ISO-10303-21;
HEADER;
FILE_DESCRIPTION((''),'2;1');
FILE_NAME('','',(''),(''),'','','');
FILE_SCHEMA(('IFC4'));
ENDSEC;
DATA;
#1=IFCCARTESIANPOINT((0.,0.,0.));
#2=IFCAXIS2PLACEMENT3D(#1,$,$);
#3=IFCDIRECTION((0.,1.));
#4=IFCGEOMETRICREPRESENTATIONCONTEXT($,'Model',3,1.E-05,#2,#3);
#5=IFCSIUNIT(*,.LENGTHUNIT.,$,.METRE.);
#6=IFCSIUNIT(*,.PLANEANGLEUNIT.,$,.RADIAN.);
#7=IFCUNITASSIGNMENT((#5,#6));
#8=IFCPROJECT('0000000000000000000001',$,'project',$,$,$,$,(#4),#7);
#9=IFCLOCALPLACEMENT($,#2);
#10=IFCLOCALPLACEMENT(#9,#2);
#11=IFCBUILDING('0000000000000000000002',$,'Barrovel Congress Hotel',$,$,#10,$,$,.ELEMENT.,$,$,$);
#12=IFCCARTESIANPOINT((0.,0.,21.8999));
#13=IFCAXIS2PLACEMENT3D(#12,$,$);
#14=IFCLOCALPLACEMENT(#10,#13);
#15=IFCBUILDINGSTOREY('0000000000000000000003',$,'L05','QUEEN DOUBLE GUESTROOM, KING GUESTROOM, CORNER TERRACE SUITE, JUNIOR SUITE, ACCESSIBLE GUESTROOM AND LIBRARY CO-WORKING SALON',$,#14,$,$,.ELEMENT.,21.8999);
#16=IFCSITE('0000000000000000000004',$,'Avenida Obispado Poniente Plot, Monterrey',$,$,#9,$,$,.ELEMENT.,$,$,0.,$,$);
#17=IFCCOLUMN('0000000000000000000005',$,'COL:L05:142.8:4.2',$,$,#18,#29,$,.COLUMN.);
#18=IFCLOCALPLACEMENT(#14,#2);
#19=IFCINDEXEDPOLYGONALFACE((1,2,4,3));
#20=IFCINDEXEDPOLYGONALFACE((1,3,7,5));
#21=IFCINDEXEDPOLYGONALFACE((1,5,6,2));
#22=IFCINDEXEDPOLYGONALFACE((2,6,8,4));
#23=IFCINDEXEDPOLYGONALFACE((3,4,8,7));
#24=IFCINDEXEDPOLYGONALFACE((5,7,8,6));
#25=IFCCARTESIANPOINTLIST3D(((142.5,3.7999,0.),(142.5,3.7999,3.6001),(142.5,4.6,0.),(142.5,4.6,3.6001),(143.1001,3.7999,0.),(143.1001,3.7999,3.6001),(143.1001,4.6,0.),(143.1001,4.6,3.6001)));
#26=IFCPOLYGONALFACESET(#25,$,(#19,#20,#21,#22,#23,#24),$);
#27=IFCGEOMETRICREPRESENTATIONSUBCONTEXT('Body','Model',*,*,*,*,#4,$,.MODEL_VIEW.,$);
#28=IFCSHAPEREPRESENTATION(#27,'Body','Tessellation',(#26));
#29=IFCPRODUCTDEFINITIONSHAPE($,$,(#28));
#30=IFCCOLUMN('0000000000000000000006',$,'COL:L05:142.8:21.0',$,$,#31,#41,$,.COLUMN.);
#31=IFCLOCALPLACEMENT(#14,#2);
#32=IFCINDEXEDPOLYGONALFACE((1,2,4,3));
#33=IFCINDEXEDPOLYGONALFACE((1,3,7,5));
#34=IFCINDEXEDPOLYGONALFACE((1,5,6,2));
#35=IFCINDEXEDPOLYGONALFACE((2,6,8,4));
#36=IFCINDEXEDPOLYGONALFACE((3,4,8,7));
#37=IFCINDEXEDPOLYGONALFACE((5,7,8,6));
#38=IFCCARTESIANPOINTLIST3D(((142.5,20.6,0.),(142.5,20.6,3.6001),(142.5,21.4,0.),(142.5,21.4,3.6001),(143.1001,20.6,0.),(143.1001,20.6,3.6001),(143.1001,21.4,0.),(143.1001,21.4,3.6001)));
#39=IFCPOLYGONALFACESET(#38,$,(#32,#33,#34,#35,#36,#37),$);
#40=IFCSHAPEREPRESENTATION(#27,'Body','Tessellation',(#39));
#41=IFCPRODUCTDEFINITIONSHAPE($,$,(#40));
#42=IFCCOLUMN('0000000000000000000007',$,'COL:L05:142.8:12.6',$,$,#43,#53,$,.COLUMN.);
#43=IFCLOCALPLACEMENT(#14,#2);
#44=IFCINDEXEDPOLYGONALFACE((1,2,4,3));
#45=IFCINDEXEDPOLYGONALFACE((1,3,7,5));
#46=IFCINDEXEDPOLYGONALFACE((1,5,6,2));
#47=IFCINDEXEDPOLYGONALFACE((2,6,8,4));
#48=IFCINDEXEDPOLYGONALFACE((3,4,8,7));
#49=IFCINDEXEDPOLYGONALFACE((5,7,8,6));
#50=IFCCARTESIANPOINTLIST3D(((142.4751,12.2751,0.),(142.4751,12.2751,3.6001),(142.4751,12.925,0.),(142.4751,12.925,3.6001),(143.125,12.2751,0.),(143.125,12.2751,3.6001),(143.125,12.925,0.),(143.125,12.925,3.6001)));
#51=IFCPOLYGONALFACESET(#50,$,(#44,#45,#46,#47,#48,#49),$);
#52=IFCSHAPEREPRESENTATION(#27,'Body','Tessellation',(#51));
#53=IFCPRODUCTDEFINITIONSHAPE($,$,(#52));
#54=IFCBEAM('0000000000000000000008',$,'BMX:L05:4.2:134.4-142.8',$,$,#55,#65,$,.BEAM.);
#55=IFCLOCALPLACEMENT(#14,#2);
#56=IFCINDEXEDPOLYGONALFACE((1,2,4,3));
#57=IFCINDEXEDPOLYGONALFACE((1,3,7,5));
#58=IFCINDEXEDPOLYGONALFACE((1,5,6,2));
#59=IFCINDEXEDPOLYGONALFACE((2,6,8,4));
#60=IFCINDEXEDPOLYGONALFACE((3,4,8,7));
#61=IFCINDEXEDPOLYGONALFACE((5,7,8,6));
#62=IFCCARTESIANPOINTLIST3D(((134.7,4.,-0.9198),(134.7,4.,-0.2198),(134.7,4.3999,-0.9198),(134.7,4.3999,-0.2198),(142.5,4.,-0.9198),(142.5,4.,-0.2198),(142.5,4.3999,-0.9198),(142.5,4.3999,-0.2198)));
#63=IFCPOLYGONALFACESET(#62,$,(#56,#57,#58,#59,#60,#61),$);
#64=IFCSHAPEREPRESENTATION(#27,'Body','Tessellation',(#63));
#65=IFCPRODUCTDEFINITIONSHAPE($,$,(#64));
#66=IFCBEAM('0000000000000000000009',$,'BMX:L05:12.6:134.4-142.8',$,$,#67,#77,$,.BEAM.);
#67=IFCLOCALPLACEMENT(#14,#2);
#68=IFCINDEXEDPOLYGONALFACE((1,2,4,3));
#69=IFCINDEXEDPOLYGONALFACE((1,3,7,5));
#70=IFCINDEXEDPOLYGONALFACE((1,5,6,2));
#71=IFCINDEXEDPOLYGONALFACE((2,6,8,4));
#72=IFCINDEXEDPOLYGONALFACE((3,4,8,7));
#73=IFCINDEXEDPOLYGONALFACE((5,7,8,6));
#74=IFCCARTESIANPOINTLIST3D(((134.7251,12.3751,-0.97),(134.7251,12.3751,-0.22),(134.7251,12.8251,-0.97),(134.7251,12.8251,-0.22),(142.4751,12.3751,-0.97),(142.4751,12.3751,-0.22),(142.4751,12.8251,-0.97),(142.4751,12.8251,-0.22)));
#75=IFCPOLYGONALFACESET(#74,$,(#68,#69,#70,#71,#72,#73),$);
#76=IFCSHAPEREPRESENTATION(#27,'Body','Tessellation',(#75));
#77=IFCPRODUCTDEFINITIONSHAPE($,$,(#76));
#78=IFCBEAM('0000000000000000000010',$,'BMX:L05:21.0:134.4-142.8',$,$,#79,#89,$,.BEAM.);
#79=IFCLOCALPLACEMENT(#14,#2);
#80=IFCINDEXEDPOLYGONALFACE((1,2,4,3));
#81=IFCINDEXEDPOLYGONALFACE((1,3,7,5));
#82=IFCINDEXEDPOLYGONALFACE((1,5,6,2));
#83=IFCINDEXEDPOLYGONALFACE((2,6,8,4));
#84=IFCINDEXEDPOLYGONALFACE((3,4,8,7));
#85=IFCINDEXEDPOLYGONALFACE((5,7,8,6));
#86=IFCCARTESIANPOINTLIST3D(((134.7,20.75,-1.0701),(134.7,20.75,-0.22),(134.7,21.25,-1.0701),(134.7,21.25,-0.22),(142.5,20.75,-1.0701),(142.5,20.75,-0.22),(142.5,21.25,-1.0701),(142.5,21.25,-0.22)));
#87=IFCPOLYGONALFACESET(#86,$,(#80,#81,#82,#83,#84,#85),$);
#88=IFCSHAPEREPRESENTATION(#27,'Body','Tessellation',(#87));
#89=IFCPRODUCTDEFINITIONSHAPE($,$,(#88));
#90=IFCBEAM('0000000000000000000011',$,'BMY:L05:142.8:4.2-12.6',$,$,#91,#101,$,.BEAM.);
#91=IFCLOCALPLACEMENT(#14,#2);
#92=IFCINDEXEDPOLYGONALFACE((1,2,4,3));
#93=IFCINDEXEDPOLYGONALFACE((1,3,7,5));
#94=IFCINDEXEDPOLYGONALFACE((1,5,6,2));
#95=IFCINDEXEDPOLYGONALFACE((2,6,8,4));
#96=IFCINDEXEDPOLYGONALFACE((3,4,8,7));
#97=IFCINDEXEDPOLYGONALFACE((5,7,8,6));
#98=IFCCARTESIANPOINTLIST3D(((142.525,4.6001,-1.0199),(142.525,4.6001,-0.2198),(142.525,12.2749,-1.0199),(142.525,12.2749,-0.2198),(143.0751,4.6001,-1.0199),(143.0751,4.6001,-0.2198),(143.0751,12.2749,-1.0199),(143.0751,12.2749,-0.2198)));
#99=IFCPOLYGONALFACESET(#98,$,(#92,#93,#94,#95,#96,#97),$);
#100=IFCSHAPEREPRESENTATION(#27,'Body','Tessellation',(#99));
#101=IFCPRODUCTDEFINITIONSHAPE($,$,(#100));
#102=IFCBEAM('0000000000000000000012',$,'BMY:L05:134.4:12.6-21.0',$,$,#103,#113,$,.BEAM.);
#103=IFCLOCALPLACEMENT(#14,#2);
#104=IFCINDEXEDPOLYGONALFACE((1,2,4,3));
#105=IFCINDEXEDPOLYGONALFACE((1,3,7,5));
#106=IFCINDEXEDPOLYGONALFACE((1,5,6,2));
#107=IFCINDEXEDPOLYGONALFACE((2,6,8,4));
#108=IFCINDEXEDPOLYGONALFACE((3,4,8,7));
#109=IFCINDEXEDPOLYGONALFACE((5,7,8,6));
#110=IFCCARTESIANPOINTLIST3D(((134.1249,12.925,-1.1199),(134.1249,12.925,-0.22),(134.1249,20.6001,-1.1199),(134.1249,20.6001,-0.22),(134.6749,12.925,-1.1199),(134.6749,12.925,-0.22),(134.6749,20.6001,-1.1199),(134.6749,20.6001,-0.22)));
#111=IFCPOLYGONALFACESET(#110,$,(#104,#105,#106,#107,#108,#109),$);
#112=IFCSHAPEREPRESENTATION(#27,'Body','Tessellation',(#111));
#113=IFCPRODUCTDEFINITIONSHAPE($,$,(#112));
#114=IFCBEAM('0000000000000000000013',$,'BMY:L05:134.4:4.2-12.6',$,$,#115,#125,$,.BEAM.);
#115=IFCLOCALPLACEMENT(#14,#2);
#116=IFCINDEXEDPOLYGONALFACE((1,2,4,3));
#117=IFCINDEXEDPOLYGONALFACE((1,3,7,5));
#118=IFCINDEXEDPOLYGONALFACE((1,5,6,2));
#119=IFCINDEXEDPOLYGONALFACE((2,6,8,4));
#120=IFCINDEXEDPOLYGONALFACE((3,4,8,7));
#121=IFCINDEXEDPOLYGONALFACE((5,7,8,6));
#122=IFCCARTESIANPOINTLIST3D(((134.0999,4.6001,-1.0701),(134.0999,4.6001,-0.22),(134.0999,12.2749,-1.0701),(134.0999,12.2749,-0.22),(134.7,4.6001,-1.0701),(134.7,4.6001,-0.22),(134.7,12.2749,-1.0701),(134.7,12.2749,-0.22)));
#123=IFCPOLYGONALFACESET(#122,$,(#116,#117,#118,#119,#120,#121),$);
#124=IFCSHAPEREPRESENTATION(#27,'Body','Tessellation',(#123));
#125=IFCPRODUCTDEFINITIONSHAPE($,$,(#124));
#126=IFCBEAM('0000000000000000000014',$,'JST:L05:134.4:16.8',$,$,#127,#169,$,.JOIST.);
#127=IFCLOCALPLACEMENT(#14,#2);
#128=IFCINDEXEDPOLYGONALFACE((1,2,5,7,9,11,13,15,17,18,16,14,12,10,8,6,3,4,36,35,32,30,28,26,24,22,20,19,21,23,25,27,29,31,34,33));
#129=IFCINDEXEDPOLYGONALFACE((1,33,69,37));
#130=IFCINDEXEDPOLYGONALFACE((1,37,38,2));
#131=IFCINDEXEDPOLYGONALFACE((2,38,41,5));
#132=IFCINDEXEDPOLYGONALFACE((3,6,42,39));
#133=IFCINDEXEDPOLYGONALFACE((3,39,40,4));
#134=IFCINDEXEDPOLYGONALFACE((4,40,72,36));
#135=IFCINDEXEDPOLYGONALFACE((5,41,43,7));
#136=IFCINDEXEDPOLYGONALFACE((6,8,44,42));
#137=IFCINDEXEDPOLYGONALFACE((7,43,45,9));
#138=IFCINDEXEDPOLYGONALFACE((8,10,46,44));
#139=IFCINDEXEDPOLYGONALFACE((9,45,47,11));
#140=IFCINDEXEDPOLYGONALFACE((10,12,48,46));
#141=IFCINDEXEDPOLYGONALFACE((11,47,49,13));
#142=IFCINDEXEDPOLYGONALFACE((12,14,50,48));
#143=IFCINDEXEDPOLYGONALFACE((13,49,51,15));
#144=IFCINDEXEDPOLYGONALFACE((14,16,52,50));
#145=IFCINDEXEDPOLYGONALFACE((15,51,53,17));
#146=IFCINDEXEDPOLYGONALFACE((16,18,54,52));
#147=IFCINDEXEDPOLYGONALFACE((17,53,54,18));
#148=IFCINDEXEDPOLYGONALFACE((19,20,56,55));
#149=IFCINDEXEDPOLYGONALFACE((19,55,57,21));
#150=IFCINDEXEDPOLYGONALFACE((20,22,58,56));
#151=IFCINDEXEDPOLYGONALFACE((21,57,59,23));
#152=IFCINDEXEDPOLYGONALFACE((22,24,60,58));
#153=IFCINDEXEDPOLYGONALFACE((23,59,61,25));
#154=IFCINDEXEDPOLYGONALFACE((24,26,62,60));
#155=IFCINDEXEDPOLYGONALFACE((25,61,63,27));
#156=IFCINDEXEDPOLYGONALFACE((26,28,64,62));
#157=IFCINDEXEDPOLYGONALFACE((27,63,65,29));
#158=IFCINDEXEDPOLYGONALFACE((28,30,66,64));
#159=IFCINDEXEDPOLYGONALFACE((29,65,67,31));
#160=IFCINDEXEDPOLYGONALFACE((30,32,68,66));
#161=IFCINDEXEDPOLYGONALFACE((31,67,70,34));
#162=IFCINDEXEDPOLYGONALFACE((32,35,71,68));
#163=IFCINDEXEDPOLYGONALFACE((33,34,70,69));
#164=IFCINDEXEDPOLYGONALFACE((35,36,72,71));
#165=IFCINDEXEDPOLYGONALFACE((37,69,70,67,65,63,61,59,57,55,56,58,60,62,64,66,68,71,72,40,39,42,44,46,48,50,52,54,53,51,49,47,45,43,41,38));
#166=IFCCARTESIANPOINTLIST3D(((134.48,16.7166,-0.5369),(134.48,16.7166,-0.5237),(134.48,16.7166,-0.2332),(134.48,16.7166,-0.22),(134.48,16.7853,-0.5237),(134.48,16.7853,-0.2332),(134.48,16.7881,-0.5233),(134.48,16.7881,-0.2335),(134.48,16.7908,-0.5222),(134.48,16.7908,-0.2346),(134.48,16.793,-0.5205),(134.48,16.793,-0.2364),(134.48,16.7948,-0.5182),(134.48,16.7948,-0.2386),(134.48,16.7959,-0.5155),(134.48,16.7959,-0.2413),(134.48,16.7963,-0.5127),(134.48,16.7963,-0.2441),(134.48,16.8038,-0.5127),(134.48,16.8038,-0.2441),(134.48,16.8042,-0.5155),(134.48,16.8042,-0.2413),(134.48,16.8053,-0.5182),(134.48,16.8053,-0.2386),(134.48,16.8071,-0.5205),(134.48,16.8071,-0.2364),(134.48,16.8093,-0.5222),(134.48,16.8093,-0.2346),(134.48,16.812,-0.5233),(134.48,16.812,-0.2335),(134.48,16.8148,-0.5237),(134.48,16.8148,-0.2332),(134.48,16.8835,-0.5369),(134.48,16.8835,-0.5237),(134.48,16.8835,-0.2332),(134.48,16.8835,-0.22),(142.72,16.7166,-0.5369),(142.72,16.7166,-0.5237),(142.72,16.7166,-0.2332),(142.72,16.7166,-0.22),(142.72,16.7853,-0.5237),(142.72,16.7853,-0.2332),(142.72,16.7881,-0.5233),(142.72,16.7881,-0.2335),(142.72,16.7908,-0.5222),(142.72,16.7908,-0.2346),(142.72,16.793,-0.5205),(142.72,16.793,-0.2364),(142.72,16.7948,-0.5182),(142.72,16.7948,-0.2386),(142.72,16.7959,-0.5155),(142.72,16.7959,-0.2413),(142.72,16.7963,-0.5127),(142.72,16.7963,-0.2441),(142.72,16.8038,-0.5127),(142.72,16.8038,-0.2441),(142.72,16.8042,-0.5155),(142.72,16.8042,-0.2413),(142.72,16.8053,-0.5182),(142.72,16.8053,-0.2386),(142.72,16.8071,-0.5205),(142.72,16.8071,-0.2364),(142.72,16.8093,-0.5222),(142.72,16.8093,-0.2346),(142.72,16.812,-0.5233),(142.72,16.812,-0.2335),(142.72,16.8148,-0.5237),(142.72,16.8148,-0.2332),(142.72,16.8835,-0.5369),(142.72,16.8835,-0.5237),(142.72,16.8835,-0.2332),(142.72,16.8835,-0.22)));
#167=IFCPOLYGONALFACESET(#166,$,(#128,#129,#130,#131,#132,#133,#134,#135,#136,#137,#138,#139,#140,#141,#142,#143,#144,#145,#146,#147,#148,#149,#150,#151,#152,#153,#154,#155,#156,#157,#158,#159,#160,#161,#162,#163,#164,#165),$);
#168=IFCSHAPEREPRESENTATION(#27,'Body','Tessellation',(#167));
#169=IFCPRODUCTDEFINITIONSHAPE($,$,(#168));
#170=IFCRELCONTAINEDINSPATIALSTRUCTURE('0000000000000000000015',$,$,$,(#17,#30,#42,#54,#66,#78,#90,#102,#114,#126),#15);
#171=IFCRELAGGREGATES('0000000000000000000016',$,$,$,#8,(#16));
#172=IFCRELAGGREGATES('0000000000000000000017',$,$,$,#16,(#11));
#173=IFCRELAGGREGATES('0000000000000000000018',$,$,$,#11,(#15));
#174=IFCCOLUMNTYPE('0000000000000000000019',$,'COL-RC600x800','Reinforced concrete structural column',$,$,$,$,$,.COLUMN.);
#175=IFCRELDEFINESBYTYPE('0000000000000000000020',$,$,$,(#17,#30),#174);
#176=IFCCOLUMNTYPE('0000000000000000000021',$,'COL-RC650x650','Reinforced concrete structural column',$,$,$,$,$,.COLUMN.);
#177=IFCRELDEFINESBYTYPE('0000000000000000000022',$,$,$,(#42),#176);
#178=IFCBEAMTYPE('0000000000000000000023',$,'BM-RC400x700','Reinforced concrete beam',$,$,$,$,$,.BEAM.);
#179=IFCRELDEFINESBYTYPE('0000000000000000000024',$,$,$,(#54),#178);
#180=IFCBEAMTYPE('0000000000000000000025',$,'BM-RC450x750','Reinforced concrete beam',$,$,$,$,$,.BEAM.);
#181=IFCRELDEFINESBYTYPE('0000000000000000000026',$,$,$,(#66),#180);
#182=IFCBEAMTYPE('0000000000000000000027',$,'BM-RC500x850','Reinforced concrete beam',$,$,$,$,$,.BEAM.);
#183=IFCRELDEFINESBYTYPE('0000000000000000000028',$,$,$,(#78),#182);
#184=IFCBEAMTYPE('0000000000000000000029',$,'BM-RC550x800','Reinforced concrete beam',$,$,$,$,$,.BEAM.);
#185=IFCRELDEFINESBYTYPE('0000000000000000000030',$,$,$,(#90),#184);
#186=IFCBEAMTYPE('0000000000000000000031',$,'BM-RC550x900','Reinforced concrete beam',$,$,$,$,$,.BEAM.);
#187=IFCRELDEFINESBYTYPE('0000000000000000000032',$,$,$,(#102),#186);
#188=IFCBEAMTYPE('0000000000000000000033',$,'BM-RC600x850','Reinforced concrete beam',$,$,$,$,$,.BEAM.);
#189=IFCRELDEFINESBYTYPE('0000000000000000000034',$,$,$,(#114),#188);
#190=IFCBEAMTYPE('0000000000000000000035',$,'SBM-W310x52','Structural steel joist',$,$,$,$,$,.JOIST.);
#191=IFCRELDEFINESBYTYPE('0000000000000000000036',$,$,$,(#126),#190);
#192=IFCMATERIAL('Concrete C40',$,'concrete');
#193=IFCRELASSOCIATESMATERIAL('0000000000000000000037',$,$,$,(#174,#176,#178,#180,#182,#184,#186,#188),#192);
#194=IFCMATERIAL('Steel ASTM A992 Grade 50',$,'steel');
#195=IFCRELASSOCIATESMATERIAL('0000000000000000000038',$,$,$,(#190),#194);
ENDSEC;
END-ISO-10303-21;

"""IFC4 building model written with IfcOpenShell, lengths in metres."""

from ifc_helpers import new_model, si_unit, direction, frame, origin, origin_2d, place, context, subcontext, project, spatial, rectangle, i_section, extrude, material, material_profile, profile_set, type_object, element, save


model = new_model("IFC4")

# Units and contexts
model_context = context("Model", 3, precision=1e-05, world=origin(), true_north=direction((0.0, 1.0)))
body_context = subcontext(model_context, "Body", "Model", "MODEL_VIEW")
ifc_project = project(units=[si_unit("LENGTHUNIT", "METRE"), si_unit("PLANEANGLEUNIT", "RADIAN")], contexts=[model_context])

# Site, building, storey
site_placement = place(None, origin())
site = spatial("IfcSite", under=ifc_project, at=site_placement, Name="Avenida Obispado Poniente Plot, Monterrey", CompositionType="ELEMENT", RefElevation=0.0)
building_placement = place(site_placement, origin())
building = spatial("IfcBuilding", under=site, at=building_placement, Name="Barrovel Congress Hotel", CompositionType="ELEMENT")
storey_placement = place(building_placement, frame((0.0, 0.0, 21.8999)))
storey = spatial("IfcBuildingStorey", under=building, at=storey_placement, Name="L05", Description="QUEEN DOUBLE GUESTROOM, KING GUESTROOM, CORNER TERRACE SUITE, JUNIOR SUITE, ACCESSIBLE GUESTROOM AND LIBRARY CO-WORKING SALON", CompositionType="ELEMENT", Elevation=21.8999)

# Columns
ifc_material_1 = material(Name="Concrete C40", Category="concrete")
ifc_material_profile_1 = material_profile(ifc_material_1, rectangle(XDim=0.6001, YDim=0.8, at=origin_2d()), Name="RC600x800")
ifc_profile_set_1 = profile_set([ifc_material_profile_1], Name="Concrete C40")
column_type_1 = type_object("IfcColumnType", Name="COL-RC600x800", Description="Reinforced concrete structural column", PredefinedType="COLUMN", material=ifc_profile_set_1)
for number, where, z_axis, x_axis, name in (
    (1, (142.8, 4.2, 0.0), (0.0, 0.0, 1.0), (1.0, 0.0, 0.0), "COL:L05:142.8:4.2"),
    (2, (142.8, 21.0, 0.0), (0.0, 0.0, 1.0), (1.0, 0.0, 0.0), "COL:L05:142.8:21.0"),
):
    element("IfcColumn", number, at=place(storey_placement, frame(where, z_axis=z_axis, x_axis=x_axis)), inside=storey, type_object=column_type_1, Name=name, PredefinedType="COLUMN", context=body_context, shape_type="SweptSolid", body=[
        extrude(rectangle(XDim=0.6001, YDim=0.8, at=origin_2d()), origin(), (0.0, 0.0, 1.0), 3.6001),
    ])
ifc_material_profile_2 = material_profile(ifc_material_1, rectangle(XDim=0.6499, YDim=0.6499, at=origin_2d()), Name="RC650x650")
ifc_profile_set_2 = profile_set([ifc_material_profile_2], Name="Concrete C40")
column_type_2 = type_object("IfcColumnType", Name="COL-RC650x650", Description="Reinforced concrete structural column", PredefinedType="COLUMN", material=ifc_profile_set_2)
column_placement = place(storey_placement, frame((142.8, 12.6001, 0.0), z_axis=(0.0, 0.0, 1.0), x_axis=(1.0, 0.0, 0.0)))
element("IfcColumn", 3, at=column_placement, inside=storey, type_object=column_type_2, Name="COL:L05:142.8:12.6", PredefinedType="COLUMN", context=body_context, shape_type="SweptSolid", body=[
    extrude(rectangle(XDim=0.6499, YDim=0.6499, at=origin_2d()), origin(), (0.0, 0.0, 1.0), 3.6001),
])

# Beams
ifc_material_profile_3 = material_profile(ifc_material_1, rectangle(XDim=0.3999, YDim=0.7, at=origin_2d()), Name="RC400x700")
ifc_profile_set_3 = profile_set([ifc_material_profile_3], Name="Concrete C40")
beam_type_1 = type_object("IfcBeamType", Name="BM-RC400x700", Description="Reinforced concrete beam", PredefinedType="BEAM", material=ifc_profile_set_3)
beam_1_placement = place(storey_placement, frame((134.7, 4.2, -0.5698), z_axis=(1.0, 0.0, 0.0), x_axis=(0.0, 1.0, 0.0)))
element("IfcBeam", 4, at=beam_1_placement, inside=storey, type_object=beam_type_1, Name="BMX:L05:4.2:134.4-142.8", PredefinedType="BEAM", context=body_context, shape_type="SweptSolid", body=[
    extrude(rectangle(XDim=0.3999, YDim=0.7, at=origin_2d()), origin(), (0.0, 0.0, 1.0), 7.8),
])
ifc_material_profile_4 = material_profile(ifc_material_1, rectangle(XDim=0.45, YDim=0.75, at=origin_2d()), Name="RC450x750")
ifc_profile_set_4 = profile_set([ifc_material_profile_4], Name="Concrete C40")
beam_type_2 = type_object("IfcBeamType", Name="BM-RC450x750", Description="Reinforced concrete beam", PredefinedType="BEAM", material=ifc_profile_set_4)
beam_2_placement = place(storey_placement, frame((134.7251, 12.6001, -0.595), z_axis=(1.0, 0.0, 0.0), x_axis=(0.0, 1.0, 0.0)))
element("IfcBeam", 5, at=beam_2_placement, inside=storey, type_object=beam_type_2, Name="BMX:L05:12.6:134.4-142.8", PredefinedType="BEAM", context=body_context, shape_type="SweptSolid", body=[
    extrude(rectangle(XDim=0.45, YDim=0.75, at=origin_2d()), origin(), (0.0, 0.0, 1.0), 7.75),
])
ifc_material_profile_5 = material_profile(ifc_material_1, rectangle(XDim=0.5, YDim=0.8501, at=origin_2d()), Name="RC500x850")
ifc_profile_set_5 = profile_set([ifc_material_profile_5], Name="Concrete C40")
beam_type_3 = type_object("IfcBeamType", Name="BM-RC500x850", Description="Reinforced concrete beam", PredefinedType="BEAM", material=ifc_profile_set_5)
beam_3_placement = place(storey_placement, frame((134.7, 21.0, -0.645), z_axis=(1.0, 0.0, 0.0), x_axis=(0.0, 1.0, 0.0)))
element("IfcBeam", 6, at=beam_3_placement, inside=storey, type_object=beam_type_3, Name="BMX:L05:21.0:134.4-142.8", PredefinedType="BEAM", context=body_context, shape_type="SweptSolid", body=[
    extrude(rectangle(XDim=0.5, YDim=0.8501, at=origin_2d()), origin(), (0.0, 0.0, 1.0), 7.8),
])
ifc_material_profile_6 = material_profile(ifc_material_1, rectangle(XDim=0.55, YDim=0.8, at=origin_2d()), Name="RC550x800")
ifc_profile_set_6 = profile_set([ifc_material_profile_6], Name="Concrete C40")
beam_type_4 = type_object("IfcBeamType", Name="BM-RC550x800", Description="Reinforced concrete beam", PredefinedType="BEAM", material=ifc_profile_set_6)
beam_4_placement = place(storey_placement, frame((142.8, 4.6001, -0.6199), z_axis=(0.0, 1.0, 0.0), x_axis=(-1.0, 0.0, 0.0)))
element("IfcBeam", 7, at=beam_4_placement, inside=storey, type_object=beam_type_4, Name="BMY:L05:142.8:4.2-12.6", PredefinedType="BEAM", context=body_context, shape_type="SweptSolid", body=[
    extrude(rectangle(XDim=0.55, YDim=0.8, at=origin_2d()), origin(), (0.0, 0.0, 1.0), 7.6748),
])
ifc_material_profile_7 = material_profile(ifc_material_1, rectangle(XDim=0.55, YDim=0.8999, at=origin_2d()), Name="RC550x900")
ifc_profile_set_7 = profile_set([ifc_material_profile_7], Name="Concrete C40")
beam_type_5 = type_object("IfcBeamType", Name="BM-RC550x900", Description="Reinforced concrete beam", PredefinedType="BEAM", material=ifc_profile_set_7)
beam_5_placement = place(storey_placement, frame((134.3999, 12.925, -0.6699), z_axis=(0.0, 1.0, 0.0), x_axis=(-1.0, 0.0, 0.0)))
element("IfcBeam", 8, at=beam_5_placement, inside=storey, type_object=beam_type_5, Name="BMY:L05:134.4:12.6-21.0", PredefinedType="BEAM", context=body_context, shape_type="SweptSolid", body=[
    extrude(rectangle(XDim=0.55, YDim=0.8999, at=origin_2d()), origin(), (0.0, 0.0, 1.0), 7.675),
])
ifc_material_profile_8 = material_profile(ifc_material_1, rectangle(XDim=0.6001, YDim=0.8501, at=origin_2d()), Name="RC600x850")
ifc_profile_set_8 = profile_set([ifc_material_profile_8], Name="Concrete C40")
beam_type_6 = type_object("IfcBeamType", Name="BM-RC600x850", Description="Reinforced concrete beam", PredefinedType="BEAM", material=ifc_profile_set_8)
beam_6_placement = place(storey_placement, frame((134.3999, 4.6001, -0.645), z_axis=(0.0, 1.0, 0.0), x_axis=(-1.0, 0.0, 0.0)))
element("IfcBeam", 9, at=beam_6_placement, inside=storey, type_object=beam_type_6, Name="BMY:L05:134.4:4.2-12.6", PredefinedType="BEAM", context=body_context, shape_type="SweptSolid", body=[
    extrude(rectangle(XDim=0.6001, YDim=0.8501, at=origin_2d()), origin(), (0.0, 0.0, 1.0), 7.6748),
])
ifc_material_2 = material(Name="Steel ASTM A992 Grade 50", Category="steel")
ifc_material_profile_9 = material_profile(ifc_material_2, i_section(OverallWidth=0.167, OverallDepth=0.3169, WebThickness=0.0076, FlangeThickness=0.0132, FilletRadius=0.011, at=origin_2d()), Name="W310x52")
ifc_profile_set_9 = profile_set([ifc_material_profile_9], Name="Steel ASTM A992 Grade 50")
beam_type_7 = type_object("IfcBeamType", Name="SBM-W310x52", Description="Structural steel joist", PredefinedType="JOIST", material=ifc_profile_set_9)
beam_7_placement = place(storey_placement, frame((134.48, 16.8, -0.3784), z_axis=(1.0, 0.0, 0.0), x_axis=(0.0, 1.0, 0.0)))
element("IfcBeam", 10, at=beam_7_placement, inside=storey, type_object=beam_type_7, Name="JST:L05:134.4:16.8", PredefinedType="JOIST", context=body_context, shape_type="SweptSolid", body=[
    extrude(i_section(OverallWidth=0.167, OverallDepth=0.3169, WebThickness=0.0076, FlangeThickness=0.0132, FilletRadius=0.011, at=origin_2d()), origin(), (0.0, 0.0, 1.0), 8.24),
])

save(model, "model.ifc")
